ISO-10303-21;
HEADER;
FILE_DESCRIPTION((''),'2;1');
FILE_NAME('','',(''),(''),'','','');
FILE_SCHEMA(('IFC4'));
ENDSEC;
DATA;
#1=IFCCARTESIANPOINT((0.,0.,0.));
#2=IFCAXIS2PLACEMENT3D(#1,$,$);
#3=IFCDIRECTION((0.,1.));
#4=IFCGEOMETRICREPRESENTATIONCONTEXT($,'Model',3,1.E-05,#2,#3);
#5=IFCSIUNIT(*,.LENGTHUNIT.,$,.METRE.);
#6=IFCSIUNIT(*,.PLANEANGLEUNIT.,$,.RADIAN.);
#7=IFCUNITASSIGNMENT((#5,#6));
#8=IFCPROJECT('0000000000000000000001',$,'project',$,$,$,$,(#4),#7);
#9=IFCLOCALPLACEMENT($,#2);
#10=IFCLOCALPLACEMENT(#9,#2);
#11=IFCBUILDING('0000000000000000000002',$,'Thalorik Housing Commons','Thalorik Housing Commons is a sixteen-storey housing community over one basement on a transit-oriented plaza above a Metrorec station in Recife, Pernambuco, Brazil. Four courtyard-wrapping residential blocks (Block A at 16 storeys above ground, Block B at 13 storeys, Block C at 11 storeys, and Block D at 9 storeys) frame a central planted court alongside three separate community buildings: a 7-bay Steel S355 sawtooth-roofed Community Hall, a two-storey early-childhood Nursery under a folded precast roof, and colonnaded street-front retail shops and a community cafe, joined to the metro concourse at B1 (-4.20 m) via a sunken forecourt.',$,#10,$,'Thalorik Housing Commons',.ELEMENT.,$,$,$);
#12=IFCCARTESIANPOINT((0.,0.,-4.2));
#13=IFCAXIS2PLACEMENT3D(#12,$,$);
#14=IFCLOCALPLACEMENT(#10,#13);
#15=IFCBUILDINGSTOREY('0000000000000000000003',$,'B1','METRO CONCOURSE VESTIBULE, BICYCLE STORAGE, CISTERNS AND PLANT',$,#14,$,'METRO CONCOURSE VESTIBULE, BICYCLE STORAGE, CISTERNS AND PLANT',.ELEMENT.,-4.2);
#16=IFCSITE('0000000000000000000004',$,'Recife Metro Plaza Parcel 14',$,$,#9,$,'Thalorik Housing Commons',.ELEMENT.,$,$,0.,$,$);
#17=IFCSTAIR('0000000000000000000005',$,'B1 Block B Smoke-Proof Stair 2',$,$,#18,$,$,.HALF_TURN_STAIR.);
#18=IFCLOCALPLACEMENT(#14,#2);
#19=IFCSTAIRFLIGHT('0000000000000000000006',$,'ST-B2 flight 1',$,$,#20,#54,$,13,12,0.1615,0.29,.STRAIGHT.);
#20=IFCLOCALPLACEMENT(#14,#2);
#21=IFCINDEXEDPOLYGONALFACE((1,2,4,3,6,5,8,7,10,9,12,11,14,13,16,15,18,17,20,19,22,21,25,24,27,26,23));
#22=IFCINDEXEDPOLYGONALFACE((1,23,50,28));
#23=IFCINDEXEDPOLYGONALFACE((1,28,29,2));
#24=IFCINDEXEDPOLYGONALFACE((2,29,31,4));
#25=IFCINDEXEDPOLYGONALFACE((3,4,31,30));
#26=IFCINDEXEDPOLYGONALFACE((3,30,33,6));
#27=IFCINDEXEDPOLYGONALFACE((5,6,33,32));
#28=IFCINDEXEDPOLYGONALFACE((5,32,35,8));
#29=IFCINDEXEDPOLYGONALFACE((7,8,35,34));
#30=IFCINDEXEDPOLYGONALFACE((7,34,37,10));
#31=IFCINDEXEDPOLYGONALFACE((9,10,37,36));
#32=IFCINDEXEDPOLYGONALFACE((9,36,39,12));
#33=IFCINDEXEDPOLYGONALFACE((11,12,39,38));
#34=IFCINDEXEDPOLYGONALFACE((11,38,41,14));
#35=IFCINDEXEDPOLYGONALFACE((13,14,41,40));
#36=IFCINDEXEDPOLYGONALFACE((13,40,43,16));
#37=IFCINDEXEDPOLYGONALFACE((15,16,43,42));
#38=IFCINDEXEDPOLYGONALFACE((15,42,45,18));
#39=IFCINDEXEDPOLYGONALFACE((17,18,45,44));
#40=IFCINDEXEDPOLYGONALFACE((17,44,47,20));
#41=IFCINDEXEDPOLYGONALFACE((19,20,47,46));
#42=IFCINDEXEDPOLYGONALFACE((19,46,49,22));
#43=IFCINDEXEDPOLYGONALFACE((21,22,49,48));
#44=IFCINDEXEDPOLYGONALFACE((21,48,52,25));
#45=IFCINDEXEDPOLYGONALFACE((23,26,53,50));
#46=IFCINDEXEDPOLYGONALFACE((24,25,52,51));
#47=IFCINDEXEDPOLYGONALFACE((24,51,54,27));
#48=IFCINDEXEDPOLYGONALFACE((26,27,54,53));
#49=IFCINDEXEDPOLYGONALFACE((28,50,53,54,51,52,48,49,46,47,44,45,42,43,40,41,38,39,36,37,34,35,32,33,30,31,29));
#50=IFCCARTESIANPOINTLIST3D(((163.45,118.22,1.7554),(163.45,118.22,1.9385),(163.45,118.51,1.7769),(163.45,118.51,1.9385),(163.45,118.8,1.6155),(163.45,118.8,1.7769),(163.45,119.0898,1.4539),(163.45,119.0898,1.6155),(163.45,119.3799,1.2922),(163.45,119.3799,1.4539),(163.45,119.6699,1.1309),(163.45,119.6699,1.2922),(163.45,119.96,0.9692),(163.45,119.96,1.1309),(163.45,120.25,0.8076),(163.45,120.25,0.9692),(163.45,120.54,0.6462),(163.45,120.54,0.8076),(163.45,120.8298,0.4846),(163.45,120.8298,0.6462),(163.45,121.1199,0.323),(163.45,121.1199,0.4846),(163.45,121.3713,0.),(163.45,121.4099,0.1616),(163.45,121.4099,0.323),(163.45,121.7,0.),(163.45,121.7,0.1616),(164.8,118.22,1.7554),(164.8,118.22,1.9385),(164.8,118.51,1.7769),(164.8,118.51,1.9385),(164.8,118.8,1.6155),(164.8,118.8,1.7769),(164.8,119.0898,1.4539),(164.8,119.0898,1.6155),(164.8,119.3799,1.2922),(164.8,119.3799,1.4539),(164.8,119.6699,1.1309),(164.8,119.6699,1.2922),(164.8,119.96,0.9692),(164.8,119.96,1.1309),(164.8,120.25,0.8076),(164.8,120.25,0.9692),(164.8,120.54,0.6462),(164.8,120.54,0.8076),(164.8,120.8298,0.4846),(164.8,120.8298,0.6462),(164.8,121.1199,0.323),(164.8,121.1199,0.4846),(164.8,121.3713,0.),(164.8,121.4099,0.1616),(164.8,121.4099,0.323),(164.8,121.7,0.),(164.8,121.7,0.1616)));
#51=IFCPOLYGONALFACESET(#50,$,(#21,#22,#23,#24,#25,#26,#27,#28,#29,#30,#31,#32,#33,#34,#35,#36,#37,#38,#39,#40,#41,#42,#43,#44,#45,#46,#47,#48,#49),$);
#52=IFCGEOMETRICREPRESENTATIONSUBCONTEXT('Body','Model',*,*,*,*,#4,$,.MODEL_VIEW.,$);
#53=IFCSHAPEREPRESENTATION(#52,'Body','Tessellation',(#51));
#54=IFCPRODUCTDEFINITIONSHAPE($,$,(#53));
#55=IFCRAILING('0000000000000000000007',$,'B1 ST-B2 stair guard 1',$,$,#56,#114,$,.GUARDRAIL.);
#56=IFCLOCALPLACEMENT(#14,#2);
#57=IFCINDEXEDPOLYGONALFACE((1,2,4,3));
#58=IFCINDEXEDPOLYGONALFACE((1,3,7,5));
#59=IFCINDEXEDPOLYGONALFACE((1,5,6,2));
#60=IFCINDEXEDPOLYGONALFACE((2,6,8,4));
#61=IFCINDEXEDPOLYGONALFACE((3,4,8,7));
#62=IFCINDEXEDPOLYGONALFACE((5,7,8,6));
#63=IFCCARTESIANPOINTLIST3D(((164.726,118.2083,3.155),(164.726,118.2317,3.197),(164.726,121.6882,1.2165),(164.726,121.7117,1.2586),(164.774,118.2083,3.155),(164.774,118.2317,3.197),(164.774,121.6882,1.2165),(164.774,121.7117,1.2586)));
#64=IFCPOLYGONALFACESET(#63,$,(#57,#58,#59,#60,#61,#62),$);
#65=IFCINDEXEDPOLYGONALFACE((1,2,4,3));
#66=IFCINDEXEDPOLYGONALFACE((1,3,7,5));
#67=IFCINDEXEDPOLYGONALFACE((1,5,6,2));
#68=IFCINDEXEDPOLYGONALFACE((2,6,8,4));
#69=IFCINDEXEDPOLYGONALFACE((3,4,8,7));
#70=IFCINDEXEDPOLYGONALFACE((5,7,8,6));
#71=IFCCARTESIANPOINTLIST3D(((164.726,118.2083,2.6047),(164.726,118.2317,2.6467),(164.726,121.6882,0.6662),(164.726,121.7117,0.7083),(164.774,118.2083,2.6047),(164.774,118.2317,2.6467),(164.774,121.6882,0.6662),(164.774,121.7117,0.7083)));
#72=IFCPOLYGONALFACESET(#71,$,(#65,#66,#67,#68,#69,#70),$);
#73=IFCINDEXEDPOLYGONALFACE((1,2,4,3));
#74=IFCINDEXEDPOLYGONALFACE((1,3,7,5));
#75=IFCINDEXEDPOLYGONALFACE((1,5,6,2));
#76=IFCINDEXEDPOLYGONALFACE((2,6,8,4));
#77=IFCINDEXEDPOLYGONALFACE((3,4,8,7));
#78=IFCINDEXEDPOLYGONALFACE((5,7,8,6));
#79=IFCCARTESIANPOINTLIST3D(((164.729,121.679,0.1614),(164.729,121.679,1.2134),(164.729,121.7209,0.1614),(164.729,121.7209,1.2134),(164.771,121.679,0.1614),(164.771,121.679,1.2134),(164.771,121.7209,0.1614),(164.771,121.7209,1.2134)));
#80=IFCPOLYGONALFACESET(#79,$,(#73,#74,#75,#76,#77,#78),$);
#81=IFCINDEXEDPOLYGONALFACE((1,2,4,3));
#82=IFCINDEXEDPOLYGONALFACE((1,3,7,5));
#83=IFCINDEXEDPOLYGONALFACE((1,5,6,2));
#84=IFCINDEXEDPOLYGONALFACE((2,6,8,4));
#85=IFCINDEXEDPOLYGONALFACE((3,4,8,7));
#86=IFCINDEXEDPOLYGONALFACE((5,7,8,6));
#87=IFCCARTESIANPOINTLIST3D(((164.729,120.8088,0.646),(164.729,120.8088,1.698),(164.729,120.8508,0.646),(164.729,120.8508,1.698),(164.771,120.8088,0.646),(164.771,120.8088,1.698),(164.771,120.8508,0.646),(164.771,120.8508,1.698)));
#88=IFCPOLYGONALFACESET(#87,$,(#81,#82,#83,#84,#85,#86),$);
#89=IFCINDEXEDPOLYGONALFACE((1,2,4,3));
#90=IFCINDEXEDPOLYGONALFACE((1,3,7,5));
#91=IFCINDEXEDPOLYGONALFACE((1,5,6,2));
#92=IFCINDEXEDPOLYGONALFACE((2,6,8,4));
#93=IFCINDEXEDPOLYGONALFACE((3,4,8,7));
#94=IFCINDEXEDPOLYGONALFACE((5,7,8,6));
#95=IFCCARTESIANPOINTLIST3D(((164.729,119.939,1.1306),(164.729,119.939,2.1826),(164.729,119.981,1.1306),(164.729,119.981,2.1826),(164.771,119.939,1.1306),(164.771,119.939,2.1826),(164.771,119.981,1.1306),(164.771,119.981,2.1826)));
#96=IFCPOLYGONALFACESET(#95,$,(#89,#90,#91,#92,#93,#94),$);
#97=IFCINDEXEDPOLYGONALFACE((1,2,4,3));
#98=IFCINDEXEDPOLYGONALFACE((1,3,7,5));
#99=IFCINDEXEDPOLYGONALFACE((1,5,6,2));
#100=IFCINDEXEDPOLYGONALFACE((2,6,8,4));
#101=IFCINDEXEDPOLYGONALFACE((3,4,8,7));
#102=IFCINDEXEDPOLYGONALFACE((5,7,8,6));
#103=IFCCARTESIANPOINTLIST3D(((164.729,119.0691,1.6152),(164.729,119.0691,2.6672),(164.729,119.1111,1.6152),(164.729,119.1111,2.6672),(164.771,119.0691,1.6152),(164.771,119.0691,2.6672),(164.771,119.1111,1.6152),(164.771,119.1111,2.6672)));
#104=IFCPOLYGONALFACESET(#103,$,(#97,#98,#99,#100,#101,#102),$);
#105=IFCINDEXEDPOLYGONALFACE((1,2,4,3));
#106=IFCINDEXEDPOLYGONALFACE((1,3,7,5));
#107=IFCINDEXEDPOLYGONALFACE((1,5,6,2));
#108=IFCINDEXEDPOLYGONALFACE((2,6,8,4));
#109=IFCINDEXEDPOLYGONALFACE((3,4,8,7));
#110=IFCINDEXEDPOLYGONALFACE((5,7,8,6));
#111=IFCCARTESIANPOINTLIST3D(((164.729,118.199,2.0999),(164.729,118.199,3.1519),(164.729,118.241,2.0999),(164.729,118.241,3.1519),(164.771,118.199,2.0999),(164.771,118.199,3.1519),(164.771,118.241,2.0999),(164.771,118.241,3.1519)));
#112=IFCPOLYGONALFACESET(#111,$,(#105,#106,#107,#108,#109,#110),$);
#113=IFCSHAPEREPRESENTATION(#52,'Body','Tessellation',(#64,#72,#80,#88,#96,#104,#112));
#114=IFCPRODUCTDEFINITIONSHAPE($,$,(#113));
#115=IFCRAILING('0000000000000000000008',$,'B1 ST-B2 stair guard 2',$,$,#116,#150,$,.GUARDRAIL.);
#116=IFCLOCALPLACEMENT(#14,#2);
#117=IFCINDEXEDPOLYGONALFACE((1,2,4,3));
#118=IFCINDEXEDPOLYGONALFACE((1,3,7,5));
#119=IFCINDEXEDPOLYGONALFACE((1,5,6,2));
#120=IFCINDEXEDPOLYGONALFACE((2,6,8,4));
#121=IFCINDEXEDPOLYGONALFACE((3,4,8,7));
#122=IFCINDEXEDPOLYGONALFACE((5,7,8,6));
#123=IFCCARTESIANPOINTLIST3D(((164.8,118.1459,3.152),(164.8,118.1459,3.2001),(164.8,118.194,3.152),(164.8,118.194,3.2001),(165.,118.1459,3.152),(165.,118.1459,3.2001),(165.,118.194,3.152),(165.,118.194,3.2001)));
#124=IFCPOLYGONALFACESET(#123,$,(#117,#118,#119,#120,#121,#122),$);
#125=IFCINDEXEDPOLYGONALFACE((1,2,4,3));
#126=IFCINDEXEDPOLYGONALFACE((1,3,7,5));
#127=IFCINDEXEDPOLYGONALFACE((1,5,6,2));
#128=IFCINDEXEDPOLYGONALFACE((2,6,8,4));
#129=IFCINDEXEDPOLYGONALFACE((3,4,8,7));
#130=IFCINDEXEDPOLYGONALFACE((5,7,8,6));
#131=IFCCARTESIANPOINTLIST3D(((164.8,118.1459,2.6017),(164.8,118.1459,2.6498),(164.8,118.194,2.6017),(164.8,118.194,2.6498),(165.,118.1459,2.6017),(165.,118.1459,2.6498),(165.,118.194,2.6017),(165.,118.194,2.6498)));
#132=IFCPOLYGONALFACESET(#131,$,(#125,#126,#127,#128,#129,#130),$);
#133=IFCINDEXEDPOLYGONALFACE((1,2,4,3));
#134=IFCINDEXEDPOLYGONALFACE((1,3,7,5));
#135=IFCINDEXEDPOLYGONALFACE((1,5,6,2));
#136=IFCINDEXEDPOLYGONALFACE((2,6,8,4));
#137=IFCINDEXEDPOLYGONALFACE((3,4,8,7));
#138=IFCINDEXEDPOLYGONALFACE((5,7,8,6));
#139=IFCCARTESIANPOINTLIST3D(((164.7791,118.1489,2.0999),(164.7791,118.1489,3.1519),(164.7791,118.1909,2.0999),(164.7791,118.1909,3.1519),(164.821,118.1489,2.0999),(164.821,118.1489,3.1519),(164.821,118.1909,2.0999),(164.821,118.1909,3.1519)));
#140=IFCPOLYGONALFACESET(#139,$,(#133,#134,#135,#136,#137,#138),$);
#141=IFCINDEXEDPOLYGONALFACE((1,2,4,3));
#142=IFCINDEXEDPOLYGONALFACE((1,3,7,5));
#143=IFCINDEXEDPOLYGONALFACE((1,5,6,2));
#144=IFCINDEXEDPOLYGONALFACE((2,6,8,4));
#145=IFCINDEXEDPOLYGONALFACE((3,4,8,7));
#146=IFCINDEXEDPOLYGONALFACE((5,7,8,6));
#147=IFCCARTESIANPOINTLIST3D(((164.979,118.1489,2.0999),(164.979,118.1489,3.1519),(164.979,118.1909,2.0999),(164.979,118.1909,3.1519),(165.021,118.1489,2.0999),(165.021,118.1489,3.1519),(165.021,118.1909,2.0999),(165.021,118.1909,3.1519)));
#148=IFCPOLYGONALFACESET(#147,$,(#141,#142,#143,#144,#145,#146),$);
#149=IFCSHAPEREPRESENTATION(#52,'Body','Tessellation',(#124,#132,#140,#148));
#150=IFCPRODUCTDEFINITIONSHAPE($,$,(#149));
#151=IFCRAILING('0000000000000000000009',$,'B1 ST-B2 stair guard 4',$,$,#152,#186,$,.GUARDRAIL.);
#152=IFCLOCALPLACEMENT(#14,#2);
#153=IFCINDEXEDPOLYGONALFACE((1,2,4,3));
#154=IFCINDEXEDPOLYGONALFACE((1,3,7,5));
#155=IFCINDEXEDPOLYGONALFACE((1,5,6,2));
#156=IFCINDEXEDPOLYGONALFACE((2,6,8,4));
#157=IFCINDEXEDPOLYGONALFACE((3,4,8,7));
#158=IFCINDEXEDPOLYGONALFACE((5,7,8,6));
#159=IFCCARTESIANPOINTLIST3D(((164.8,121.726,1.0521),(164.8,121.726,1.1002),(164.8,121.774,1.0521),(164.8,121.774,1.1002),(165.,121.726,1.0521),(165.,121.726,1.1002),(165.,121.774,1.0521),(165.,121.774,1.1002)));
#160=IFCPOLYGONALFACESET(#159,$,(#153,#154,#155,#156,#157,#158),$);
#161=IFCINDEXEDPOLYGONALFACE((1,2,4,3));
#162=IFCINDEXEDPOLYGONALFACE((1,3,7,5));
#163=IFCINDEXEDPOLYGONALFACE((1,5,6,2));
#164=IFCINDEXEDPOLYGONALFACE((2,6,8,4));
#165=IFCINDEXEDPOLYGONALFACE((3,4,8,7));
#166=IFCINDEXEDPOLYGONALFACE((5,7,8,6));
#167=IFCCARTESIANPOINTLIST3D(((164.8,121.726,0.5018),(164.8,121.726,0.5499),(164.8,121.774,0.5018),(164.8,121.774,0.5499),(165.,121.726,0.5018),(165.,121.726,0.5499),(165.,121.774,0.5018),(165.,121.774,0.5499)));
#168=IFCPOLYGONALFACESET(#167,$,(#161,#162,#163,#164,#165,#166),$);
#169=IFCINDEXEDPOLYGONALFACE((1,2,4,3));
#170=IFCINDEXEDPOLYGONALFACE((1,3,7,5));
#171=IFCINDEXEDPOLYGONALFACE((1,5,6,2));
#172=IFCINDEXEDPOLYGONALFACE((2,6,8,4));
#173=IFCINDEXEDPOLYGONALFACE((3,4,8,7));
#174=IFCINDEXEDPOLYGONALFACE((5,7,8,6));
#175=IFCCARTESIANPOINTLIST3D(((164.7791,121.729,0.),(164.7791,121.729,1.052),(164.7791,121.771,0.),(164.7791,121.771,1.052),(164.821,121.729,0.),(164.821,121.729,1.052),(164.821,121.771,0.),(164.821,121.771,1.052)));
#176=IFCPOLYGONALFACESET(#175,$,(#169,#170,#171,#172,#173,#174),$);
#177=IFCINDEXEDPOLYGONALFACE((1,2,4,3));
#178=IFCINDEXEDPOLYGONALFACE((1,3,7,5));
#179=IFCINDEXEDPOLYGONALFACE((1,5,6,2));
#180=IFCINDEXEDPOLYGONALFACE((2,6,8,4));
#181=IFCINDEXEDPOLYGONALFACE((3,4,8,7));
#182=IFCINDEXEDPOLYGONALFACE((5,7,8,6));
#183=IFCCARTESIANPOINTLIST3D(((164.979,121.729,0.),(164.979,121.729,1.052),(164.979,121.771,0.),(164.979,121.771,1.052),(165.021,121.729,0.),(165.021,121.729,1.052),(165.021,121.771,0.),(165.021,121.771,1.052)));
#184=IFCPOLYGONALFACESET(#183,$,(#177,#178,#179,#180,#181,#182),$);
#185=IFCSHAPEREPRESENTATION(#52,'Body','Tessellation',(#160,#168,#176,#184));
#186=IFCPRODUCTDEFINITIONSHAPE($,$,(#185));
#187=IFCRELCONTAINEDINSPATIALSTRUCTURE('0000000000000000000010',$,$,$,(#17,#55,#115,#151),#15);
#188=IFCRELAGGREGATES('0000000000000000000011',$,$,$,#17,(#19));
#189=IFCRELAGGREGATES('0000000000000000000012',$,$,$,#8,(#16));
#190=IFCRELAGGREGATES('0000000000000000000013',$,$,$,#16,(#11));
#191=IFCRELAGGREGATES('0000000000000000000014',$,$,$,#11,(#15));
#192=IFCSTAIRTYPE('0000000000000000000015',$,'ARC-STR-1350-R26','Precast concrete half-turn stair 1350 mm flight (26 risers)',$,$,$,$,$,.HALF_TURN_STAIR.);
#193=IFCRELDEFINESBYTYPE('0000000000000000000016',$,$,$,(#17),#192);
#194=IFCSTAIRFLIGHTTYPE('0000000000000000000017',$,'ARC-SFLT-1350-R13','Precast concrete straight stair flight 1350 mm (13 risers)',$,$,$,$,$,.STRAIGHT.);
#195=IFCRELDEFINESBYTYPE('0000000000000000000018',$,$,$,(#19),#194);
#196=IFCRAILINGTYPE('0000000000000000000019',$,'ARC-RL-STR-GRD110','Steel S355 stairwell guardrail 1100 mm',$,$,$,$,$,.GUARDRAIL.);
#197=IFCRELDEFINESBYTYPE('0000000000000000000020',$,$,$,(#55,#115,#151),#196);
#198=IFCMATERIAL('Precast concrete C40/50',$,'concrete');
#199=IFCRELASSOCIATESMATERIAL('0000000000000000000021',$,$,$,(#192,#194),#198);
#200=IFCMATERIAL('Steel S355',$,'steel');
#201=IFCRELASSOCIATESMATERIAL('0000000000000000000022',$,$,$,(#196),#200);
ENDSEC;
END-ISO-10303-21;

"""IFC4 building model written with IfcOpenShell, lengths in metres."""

from ifc_helpers import new_model, si_unit, direction, frame, origin, origin_2d, place, context, subcontext, project, spatial, polyline, rectangle, outline, extrude, material, type_object, element, aggregate, save


model = new_model("IFC4")

# Units and contexts
model_context = context("Model", 3, precision=1e-05, world=origin(), true_north=direction((0.0, 1.0)))
body_context = subcontext(model_context, "Body", "Model", "MODEL_VIEW")
ifc_project = project(units=[si_unit("LENGTHUNIT", "METRE"), si_unit("PLANEANGLEUNIT", "RADIAN")], contexts=[model_context])

# Site, building, storey
site_placement = place(None, origin())
site = spatial("IfcSite", under=ifc_project, at=site_placement, Name="Recife Metro Plaza Parcel 14", LongName="Thalorik Housing Commons", CompositionType="ELEMENT", RefElevation=0.0)
building_placement = place(site_placement, origin())
building = spatial("IfcBuilding", under=site, at=building_placement, Name="Thalorik Housing Commons", Description="Thalorik Housing Commons is a sixteen-storey housing community over one basement on a transit-oriented plaza above a Metrorec station in Recife, Pernambuco, Brazil. Four courtyard-wrapping residential blocks (Block A at 16 storeys above ground, Block B at 13 storeys, Block C at 11 storeys, and Block D at 9 storeys) frame a central planted court alongside three separate community buildings: a 7-bay Steel S355 sawtooth-roofed Community Hall, a two-storey early-childhood Nursery under a folded precast roof, and colonnaded street-front retail shops and a community cafe, joined to the metro concourse at B1 (-4.20 m) via a sunken forecourt.", LongName="Thalorik Housing Commons", CompositionType="ELEMENT")
storey_placement = place(building_placement, frame((0.0, 0.0, -4.2)))
storey = spatial("IfcBuildingStorey", under=building, at=storey_placement, Name="B1", Description="METRO CONCOURSE VESTIBULE, BICYCLE STORAGE, CISTERNS AND PLANT", LongName="METRO CONCOURSE VESTIBULE, BICYCLE STORAGE, CISTERNS AND PLANT", CompositionType="ELEMENT", Elevation=-4.2)

# Shared definitions
ifc_material_1 = material(Name="Precast concrete C40/50", Category="concrete")

# Shared definitions
ifc_material_2 = material(Name="Steel S355", Category="steel")

# Stair, stair flight
stair_type = type_object("IfcStairType", Name="ARC-STR-1350-R26", Description="Precast concrete half-turn stair 1350 mm flight (26 risers)", PredefinedType="HALF_TURN_STAIR", material=ifc_material_1)
stair_placement = place(storey_placement, origin())
stair = element("IfcStair", 1, at=stair_placement, inside=storey, type_object=stair_type, Name="B1 Block B Smoke-Proof Stair 2", PredefinedType="HALF_TURN_STAIR")
stair_flight_type = type_object("IfcStairFlightType", Name="ARC-SFLT-1350-R13", Description="Precast concrete straight stair flight 1350 mm (13 risers)", PredefinedType="STRAIGHT", material=ifc_material_1)
stair_flight_placement = place(storey_placement, frame((164.125, 121.7, 0.0), z_axis=(0.0, 0.0, 1.0), x_axis=(0.0, -1.0, 0.0)))
stair_flight = element("IfcStairFlight", 2, at=stair_flight_placement, type_object=stair_flight_type, Name="ST-B2 flight 1", NumberOfRisers=13, NumberOfTreads=12, PredefinedType="STRAIGHT", RiserHeight=0.1615, TreadLength=0.29, context=body_context, shape_type="SweptSolid", body=[
    extrude(outline(polyline([(0.0, 0.0), (0.0, 0.1616), (0.29, 0.1616), (0.29, 0.323), (0.5801, 0.323), (0.5801, 0.4846), (0.8701, 0.4846), (0.8701, 0.6462), (1.1599, 0.6462), (1.1599, 0.8076), (1.45, 0.8076), (1.45, 0.9692), (1.74, 0.9692), (1.74, 1.1309), (2.03, 1.1309), (2.03, 1.2922), (2.3201, 1.2922), (2.3201, 1.4539), (2.6101, 1.4539), (2.6101, 1.6155), (2.8999, 1.6155), (2.8999, 1.7769), (3.1899, 1.7769), (3.1899, 1.9385), (3.48, 1.9385), (3.48, 2.1001), (3.48, 1.7554), (0.3286, 0.0), (0.0, 0.0)])), frame((0.0, 0.675, 0.0), z_axis=(0.0, -1.0, 0.0), x_axis=(1.0, 0.0, 0.0)), (0.0, 0.0, 1.0), 1.3501),
])
aggregate(stair, [stair_flight])

# Railings
railing_type_1 = type_object("IfcRailingType", Name="ARC-RL-STR-GRD110", Description="Steel S355 stairwell guardrail 1100 mm", PredefinedType="GUARDRAIL", material=ifc_material_2)
railing_1_placement = place(storey_placement, frame((164.75, 121.7, 0.1614)))
element("IfcRailing", 3, at=railing_1_placement, inside=storey, type_object=railing_type_1, Name="B1 ST-B2 stair guard 1", PredefinedType="GUARDRAIL", context=body_context, shape_type="SweptSolid", body=[
    extrude(rectangle(XDim=0.0481, YDim=0.0481, at=origin_2d()), frame((0.0, 0.0, 1.0762), z_axis=(0.0, -0.873607, 0.486631), x_axis=(1.0, 0.0, 0.0)), (0.0, 0.0, 1.0), 3.9834),
    extrude(rectangle(XDim=0.0481, YDim=0.0481, at=origin_2d()), frame((0.0, 0.0, 0.5259), z_axis=(0.0, -0.873607, 0.486631), x_axis=(1.0, 0.0, 0.0)), (0.0, 0.0, 1.0), 3.9834),
    extrude(rectangle(XDim=0.042, YDim=0.042, at=origin_2d()), origin(), (0.0, 0.0, 1.0), 1.052),
    extrude(rectangle(XDim=0.042, YDim=0.042, at=origin_2d()), frame((0.0, -0.8701, 0.4846)), (0.0, 0.0, 1.0), 1.052),
    extrude(rectangle(XDim=0.042, YDim=0.042, at=origin_2d()), frame((0.0, -1.74, 0.9692)), (0.0, 0.0, 1.0), 1.052),
    extrude(rectangle(XDim=0.042, YDim=0.042, at=origin_2d()), frame((0.0, -2.6099, 1.4539)), (0.0, 0.0, 1.0), 1.052),
    extrude(rectangle(XDim=0.042, YDim=0.042, at=origin_2d()), frame((0.0, -3.48, 1.9385)), (0.0, 0.0, 1.0), 1.052),
])
for number, where, name in (
    (4, (164.8, 118.1699, 2.0999), "B1 ST-B2 stair guard 2"),
    (5, (164.8, 121.75, 0.0), "B1 ST-B2 stair guard 4"),
):
    element("IfcRailing", number, at=place(storey_placement, frame(where)), inside=storey, type_object=railing_type_1, Name=name, PredefinedType="GUARDRAIL", context=body_context, shape_type="SweptSolid", body=[
        extrude(rectangle(XDim=0.0481, YDim=0.0481, at=origin_2d()), frame((0.0, 0.0, 1.0762), z_axis=(1.0, 0.0, 0.0), x_axis=(0.0, 1.0, 0.0)), (0.0, 0.0, 1.0), 0.2),
        extrude(rectangle(XDim=0.0481, YDim=0.0481, at=origin_2d()), frame((0.0, 0.0, 0.5259), z_axis=(1.0, 0.0, 0.0), x_axis=(0.0, 1.0, 0.0)), (0.0, 0.0, 1.0), 0.2),
        extrude(rectangle(XDim=0.042, YDim=0.042, at=origin_2d()), origin(), (0.0, 0.0, 1.0), 1.052),
        extrude(rectangle(XDim=0.042, YDim=0.042, at=origin_2d()), frame((0.2, 0.0, 0.0)), (0.0, 0.0, 1.0), 1.052),
    ])

save(model, "model.ifc")
